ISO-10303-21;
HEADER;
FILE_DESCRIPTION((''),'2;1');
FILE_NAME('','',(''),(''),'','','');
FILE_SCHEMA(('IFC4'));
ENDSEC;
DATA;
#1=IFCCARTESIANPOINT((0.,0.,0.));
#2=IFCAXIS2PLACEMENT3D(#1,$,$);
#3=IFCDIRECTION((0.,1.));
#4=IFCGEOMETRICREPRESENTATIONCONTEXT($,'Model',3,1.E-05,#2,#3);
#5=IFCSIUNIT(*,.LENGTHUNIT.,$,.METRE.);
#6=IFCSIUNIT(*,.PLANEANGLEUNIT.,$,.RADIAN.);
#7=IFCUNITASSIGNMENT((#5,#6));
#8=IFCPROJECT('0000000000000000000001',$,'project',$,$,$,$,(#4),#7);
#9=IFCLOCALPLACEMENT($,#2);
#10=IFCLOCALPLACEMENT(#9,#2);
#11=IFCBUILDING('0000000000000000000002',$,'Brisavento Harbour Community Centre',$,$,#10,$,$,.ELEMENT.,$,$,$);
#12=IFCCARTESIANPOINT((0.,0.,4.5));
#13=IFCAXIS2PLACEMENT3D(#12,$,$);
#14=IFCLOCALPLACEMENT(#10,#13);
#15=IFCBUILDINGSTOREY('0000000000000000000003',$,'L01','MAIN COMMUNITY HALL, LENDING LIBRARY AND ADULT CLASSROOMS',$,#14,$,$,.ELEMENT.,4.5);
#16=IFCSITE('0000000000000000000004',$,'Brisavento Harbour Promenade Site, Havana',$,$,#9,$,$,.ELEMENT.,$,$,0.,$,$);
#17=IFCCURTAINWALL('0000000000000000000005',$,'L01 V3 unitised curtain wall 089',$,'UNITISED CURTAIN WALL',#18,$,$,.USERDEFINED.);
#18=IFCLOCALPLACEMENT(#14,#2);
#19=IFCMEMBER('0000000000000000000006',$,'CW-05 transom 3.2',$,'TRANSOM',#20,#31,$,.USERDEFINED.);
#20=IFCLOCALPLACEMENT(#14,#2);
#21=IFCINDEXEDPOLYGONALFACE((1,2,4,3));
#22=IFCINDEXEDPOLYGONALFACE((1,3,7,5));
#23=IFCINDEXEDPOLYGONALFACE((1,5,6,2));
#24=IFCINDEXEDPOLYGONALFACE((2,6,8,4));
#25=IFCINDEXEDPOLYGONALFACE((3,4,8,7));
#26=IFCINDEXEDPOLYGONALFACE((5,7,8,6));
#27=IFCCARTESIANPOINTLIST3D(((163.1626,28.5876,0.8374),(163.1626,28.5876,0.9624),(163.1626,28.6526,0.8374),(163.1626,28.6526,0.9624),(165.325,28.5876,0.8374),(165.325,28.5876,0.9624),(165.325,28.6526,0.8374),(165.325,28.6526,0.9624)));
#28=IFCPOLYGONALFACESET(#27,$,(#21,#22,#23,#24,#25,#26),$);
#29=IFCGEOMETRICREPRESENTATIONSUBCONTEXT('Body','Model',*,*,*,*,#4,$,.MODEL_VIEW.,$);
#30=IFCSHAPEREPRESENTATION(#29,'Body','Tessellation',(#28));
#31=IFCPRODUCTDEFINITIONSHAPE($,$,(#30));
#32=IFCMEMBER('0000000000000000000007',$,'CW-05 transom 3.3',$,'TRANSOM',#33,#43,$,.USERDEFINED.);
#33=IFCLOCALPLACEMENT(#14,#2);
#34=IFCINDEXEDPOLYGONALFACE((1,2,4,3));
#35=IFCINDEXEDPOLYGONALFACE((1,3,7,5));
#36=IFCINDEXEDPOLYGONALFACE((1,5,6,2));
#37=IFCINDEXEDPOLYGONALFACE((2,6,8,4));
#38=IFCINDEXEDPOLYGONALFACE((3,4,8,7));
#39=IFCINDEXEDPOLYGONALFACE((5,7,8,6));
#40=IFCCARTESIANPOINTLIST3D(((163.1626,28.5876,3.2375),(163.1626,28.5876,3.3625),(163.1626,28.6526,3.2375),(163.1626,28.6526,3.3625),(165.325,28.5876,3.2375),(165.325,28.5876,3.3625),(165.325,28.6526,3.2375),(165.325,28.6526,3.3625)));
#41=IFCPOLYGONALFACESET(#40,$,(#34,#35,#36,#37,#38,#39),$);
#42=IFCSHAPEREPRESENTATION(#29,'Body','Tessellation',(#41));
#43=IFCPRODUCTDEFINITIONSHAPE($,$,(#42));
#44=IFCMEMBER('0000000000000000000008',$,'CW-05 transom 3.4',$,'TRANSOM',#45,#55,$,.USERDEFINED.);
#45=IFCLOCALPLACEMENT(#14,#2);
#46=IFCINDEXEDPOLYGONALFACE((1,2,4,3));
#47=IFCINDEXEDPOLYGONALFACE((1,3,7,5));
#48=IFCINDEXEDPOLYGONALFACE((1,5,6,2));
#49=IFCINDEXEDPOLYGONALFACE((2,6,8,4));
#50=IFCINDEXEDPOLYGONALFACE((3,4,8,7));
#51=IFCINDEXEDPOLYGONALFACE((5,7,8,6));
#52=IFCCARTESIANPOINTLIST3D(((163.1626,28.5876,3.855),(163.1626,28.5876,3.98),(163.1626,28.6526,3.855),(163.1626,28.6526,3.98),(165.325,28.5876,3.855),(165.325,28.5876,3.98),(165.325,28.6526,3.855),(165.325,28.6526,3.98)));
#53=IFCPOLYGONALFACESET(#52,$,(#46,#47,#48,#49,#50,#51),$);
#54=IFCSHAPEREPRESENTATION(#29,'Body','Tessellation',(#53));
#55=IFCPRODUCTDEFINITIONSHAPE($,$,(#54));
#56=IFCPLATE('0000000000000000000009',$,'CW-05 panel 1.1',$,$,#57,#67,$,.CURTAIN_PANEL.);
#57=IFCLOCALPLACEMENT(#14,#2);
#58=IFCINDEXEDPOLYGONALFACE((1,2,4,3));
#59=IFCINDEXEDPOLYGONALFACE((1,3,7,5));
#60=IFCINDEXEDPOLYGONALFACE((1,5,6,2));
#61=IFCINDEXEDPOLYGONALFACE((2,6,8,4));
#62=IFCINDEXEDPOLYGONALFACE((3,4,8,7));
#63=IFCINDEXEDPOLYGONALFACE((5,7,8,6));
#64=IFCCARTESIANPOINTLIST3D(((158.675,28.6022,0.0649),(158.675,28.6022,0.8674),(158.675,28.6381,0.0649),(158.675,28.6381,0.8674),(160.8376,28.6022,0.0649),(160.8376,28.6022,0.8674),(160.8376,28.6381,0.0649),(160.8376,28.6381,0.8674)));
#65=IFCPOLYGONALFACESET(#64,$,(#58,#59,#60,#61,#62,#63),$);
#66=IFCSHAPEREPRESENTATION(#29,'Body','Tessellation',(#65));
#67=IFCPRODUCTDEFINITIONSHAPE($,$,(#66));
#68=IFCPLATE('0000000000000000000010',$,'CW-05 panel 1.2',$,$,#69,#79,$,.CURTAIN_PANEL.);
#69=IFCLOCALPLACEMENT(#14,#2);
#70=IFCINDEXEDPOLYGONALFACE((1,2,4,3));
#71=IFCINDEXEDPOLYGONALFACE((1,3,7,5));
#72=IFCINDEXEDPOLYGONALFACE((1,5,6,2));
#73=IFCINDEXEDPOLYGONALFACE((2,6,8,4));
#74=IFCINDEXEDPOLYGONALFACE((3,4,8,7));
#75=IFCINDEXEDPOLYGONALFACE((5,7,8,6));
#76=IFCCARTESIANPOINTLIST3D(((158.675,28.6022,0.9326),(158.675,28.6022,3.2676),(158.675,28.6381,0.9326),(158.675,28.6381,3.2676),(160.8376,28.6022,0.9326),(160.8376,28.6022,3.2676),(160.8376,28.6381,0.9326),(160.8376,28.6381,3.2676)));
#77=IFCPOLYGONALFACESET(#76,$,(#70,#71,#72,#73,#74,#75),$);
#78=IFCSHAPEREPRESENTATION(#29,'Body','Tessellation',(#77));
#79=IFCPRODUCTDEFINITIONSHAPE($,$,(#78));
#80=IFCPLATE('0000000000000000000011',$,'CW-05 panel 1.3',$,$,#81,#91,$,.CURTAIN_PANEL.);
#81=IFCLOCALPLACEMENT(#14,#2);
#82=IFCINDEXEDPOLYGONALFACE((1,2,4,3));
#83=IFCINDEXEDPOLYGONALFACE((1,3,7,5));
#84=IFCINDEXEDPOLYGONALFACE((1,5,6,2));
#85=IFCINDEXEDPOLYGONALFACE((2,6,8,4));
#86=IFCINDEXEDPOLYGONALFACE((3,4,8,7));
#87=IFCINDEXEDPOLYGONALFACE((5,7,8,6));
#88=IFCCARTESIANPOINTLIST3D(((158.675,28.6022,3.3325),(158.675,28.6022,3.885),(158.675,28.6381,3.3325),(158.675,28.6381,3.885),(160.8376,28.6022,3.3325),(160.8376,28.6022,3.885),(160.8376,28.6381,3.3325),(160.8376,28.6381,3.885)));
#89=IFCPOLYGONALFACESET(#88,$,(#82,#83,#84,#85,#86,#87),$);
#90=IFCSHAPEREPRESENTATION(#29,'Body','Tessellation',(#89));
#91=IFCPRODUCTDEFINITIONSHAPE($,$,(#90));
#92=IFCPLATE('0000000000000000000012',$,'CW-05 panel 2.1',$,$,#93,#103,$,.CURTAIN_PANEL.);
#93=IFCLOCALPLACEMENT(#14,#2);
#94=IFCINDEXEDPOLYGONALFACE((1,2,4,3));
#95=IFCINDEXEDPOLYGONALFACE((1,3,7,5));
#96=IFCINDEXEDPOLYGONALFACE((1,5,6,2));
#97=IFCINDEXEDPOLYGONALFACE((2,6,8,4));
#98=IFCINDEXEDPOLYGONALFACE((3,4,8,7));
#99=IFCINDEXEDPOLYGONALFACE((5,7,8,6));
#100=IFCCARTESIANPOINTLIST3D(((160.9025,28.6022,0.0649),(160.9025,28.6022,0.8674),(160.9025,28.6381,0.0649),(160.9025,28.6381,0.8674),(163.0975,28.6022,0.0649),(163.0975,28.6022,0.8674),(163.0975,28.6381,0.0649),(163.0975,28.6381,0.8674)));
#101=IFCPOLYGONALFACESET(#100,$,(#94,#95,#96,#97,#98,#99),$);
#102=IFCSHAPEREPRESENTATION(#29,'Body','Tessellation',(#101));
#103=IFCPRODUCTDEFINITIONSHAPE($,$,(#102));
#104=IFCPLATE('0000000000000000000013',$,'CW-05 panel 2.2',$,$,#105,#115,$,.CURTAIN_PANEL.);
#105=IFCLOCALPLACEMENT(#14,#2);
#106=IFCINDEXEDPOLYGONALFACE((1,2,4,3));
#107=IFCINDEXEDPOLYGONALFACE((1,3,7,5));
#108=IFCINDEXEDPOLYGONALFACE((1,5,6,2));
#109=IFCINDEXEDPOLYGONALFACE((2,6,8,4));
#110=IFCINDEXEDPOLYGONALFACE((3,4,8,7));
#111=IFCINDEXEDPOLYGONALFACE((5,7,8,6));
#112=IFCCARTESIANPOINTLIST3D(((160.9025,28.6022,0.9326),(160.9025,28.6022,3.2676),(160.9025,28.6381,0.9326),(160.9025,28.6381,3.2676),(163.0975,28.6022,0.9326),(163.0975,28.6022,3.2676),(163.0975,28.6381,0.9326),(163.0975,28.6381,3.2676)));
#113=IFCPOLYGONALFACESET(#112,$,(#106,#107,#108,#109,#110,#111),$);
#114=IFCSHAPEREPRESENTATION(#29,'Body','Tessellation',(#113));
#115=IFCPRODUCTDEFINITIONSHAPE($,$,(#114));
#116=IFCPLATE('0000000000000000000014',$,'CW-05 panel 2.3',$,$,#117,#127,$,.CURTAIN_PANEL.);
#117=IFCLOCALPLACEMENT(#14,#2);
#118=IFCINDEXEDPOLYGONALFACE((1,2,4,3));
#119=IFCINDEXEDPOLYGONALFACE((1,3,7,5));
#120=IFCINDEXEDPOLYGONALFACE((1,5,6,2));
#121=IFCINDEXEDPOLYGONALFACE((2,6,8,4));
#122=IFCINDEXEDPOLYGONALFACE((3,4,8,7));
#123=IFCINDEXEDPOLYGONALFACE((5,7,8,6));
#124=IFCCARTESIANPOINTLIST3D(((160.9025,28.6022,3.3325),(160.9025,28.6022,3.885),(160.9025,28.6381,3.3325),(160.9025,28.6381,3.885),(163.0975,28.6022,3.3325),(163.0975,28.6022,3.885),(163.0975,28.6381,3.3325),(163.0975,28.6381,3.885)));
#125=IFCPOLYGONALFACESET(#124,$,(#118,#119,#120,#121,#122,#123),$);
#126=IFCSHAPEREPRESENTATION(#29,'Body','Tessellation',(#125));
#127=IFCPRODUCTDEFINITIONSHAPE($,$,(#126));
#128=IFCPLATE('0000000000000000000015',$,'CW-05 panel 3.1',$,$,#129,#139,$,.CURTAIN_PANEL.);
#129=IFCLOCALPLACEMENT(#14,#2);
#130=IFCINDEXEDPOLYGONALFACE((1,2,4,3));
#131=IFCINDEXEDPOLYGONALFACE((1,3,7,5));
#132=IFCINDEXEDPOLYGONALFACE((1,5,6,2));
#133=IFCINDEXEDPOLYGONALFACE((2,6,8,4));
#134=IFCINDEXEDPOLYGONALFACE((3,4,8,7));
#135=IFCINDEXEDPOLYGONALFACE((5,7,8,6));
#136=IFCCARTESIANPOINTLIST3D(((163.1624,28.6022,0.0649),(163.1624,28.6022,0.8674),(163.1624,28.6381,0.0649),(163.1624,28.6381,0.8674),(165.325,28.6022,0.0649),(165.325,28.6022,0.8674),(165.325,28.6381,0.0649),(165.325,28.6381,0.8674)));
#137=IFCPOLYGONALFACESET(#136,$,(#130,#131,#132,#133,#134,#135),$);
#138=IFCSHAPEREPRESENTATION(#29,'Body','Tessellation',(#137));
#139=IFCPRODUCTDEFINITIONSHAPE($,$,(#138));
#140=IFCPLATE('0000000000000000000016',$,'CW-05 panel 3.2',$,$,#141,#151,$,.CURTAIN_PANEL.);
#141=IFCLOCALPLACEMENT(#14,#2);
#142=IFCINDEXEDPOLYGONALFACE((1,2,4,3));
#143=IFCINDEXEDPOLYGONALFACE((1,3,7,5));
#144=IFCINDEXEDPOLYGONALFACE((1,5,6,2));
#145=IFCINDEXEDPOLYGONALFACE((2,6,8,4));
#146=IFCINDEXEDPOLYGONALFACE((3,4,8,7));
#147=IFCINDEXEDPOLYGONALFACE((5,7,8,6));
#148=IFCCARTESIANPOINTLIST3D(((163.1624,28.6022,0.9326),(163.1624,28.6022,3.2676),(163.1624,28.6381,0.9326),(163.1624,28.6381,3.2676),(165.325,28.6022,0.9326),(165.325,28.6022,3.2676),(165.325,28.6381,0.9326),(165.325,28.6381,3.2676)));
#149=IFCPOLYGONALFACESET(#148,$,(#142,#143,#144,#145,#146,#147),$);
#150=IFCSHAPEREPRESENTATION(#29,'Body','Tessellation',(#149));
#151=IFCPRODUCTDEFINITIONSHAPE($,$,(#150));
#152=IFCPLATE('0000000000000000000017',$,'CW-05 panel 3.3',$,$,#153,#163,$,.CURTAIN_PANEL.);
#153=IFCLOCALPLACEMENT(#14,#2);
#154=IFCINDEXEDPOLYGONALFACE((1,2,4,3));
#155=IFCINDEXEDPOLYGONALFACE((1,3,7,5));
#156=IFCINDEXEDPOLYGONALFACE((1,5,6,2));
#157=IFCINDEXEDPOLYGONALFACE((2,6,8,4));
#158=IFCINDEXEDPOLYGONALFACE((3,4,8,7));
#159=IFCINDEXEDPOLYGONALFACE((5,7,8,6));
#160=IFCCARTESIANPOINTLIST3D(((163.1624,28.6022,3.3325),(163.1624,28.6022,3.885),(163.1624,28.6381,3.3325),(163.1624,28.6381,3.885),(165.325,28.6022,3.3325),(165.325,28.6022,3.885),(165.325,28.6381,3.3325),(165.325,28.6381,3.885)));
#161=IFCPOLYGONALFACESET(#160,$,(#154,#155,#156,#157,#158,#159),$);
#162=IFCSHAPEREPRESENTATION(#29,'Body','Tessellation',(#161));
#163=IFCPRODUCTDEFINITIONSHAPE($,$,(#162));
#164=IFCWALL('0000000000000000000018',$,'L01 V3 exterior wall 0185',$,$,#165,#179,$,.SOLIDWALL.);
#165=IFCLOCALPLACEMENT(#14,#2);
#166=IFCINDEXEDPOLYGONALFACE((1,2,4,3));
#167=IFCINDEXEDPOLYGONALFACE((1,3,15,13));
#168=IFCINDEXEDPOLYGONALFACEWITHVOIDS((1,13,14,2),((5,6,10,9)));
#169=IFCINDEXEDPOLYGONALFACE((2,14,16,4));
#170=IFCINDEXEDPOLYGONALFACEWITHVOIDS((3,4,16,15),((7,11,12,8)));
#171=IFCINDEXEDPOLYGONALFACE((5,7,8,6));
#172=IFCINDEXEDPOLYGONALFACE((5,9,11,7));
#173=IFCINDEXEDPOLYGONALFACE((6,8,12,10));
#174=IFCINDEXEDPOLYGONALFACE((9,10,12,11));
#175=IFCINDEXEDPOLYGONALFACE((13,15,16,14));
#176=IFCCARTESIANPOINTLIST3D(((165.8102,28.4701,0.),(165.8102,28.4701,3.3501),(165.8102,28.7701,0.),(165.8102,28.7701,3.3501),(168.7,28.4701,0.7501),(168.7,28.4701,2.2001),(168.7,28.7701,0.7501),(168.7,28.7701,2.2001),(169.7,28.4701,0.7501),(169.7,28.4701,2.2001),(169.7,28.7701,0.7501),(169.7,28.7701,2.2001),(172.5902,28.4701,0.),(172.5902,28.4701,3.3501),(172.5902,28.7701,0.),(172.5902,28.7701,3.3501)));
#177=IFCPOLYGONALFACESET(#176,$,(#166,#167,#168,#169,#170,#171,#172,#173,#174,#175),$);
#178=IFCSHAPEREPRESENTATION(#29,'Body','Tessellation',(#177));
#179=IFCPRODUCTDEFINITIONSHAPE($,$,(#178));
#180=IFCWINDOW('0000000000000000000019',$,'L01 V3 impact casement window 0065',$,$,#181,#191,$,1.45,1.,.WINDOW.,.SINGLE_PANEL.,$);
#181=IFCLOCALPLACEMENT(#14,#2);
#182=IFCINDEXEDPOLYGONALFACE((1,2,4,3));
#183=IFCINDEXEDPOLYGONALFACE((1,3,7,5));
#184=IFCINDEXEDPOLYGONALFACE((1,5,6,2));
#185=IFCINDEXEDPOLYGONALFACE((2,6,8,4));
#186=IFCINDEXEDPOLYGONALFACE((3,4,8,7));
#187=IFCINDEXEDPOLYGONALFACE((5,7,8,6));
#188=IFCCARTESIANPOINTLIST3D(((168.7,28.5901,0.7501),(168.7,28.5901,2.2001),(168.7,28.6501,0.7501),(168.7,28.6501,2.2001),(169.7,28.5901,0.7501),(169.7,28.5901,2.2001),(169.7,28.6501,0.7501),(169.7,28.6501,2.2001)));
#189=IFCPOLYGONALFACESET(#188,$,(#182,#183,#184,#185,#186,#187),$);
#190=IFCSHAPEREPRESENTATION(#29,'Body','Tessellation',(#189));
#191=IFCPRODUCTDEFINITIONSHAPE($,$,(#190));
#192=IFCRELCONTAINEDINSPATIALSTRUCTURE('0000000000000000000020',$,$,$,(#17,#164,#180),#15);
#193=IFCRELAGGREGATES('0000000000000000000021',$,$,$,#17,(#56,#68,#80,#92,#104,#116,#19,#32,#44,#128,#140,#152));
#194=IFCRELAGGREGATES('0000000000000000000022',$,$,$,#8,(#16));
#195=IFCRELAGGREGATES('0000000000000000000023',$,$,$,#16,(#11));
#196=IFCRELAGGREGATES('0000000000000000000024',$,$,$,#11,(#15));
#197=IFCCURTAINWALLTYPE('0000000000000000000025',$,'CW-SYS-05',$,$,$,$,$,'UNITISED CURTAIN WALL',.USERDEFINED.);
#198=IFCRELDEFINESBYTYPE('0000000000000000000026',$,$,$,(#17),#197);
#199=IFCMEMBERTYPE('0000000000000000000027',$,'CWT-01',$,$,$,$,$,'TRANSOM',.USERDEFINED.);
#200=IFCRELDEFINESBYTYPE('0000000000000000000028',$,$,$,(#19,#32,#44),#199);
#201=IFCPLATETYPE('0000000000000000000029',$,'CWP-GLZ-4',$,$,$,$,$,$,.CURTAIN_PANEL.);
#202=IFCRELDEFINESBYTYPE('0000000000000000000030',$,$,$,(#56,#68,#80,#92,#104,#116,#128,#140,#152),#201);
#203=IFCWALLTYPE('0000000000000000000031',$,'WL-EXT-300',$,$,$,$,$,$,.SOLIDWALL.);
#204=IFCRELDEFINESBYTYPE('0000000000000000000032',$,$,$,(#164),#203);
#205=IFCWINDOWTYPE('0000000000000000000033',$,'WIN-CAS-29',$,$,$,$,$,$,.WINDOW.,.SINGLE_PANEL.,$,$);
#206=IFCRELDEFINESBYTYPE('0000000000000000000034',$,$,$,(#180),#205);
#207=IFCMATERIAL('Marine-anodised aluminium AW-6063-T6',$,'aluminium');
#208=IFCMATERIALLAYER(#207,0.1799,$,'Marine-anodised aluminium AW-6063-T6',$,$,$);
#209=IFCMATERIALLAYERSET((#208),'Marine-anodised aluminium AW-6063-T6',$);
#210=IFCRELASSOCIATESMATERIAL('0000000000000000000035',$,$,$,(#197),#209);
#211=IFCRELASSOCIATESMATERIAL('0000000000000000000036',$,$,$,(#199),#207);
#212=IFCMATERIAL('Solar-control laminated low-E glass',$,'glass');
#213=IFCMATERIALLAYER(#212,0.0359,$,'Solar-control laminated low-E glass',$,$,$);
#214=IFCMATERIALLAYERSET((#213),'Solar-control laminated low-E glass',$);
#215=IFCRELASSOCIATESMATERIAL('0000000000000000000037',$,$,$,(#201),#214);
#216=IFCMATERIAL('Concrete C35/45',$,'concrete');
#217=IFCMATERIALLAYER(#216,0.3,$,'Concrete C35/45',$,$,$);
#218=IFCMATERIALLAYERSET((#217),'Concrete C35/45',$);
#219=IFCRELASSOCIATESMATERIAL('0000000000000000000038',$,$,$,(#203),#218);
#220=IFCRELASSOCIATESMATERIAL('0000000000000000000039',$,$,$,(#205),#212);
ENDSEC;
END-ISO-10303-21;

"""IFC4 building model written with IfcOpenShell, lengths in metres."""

from ifc_helpers import new_model, si_unit, direction, frame, frame_2d, origin, origin_2d, place, context, subcontext, project, spatial, rectangle, extrude, material, layer, layer_set, material_profile, profile_set, type_object, element, fill, aggregate, save


model = new_model("IFC4")

# Units and contexts
model_context = context("Model", 3, precision=1e-05, world=origin(), true_north=direction((0.0, 1.0)))
body_context = subcontext(model_context, "Body", "Model", "MODEL_VIEW")
ifc_project = project(units=[si_unit("LENGTHUNIT", "METRE"), si_unit("PLANEANGLEUNIT", "RADIAN")], contexts=[model_context])

# Site, building, storey
site_placement = place(None, origin())
site = spatial("IfcSite", under=ifc_project, at=site_placement, Name="Brisavento Harbour Promenade Site, Havana", CompositionType="ELEMENT", RefElevation=0.0)
building_placement = place(site_placement, origin())
building = spatial("IfcBuilding", under=site, at=building_placement, Name="Brisavento Harbour Community Centre", CompositionType="ELEMENT")
storey_placement = place(building_placement, frame((0.0, 0.0, 4.5)))
storey = spatial("IfcBuildingStorey", under=building, at=storey_placement, Name="L01", Description="MAIN COMMUNITY HALL, LENDING LIBRARY AND ADULT CLASSROOMS", CompositionType="ELEMENT", Elevation=4.5)

# Shared definitions
ifc_material_1 = material(Name="Concrete C35/45", Category="concrete")

# Curtain wall, members, plates
ifc_material_2 = material(Name="Marine-anodised aluminium AW-6063-T6", Category="aluminium")
ifc_layer_1 = layer(ifc_material_2, 0.1799, Name="Marine-anodised aluminium AW-6063-T6")
ifc_layer_set_1 = layer_set([ifc_layer_1], Name="Marine-anodised aluminium AW-6063-T6")
curtain_wall_type = type_object("IfcCurtainWallType", Name="CW-SYS-05", ElementType="UNITISED CURTAIN WALL", PredefinedType="USERDEFINED", material=ifc_layer_set_1)
curtain_wall_placement = place(storey_placement, origin())
curtain_wall = element("IfcCurtainWall", 1, at=curtain_wall_placement, inside=storey, type_object=curtain_wall_type, Name="L01 V3 unitised curtain wall 089", ObjectType="UNITISED CURTAIN WALL", PredefinedType="USERDEFINED")
ifc_material_profile_1 = material_profile(ifc_material_2, rectangle(XDim=0.0649, YDim=0.125, at=origin_2d()), Name="Marine-anodised aluminium AW-6063-T6")
ifc_profile_set_1 = profile_set([ifc_material_profile_1], Name="Marine-anodised aluminium AW-6063-T6")
member_type_1 = type_object("IfcMemberType", Name="CWT-01", ElementType="TRANSOM", PredefinedType="USERDEFINED", material=ifc_profile_set_1)
member_1_placement = place(storey_placement, frame((163.1626, 28.6201, 0.8999), z_axis=(1.0, 0.0, 0.0), x_axis=(0.0, 1.0, 0.0)))
member_1 = element("IfcMember", 2, at=member_1_placement, type_object=member_type_1, Name="CW-05 transom 3.2", ObjectType="TRANSOM", PredefinedType="USERDEFINED", context=body_context, shape_type="SweptSolid", body=[
    extrude(rectangle(XDim=0.0649, YDim=0.125, at=origin_2d()), origin(), (0.0, 0.0, 1.0), 2.1624),
])
member_2_placement = place(storey_placement, frame((163.1626, 28.6201, 3.3), z_axis=(1.0, 0.0, 0.0), x_axis=(0.0, 1.0, 0.0)))
member_2 = element("IfcMember", 3, at=member_2_placement, type_object=member_type_1, Name="CW-05 transom 3.3", ObjectType="TRANSOM", PredefinedType="USERDEFINED", context=body_context, shape_type="SweptSolid", body=[
    extrude(rectangle(XDim=0.0649, YDim=0.125, at=origin_2d()), origin(), (0.0, 0.0, 1.0), 2.1624),
])
member_3_placement = place(storey_placement, frame((163.1626, 28.6201, 3.9175), z_axis=(1.0, 0.0, 0.0), x_axis=(0.0, 1.0, 0.0)))
member_3 = element("IfcMember", 4, at=member_3_placement, type_object=member_type_1, Name="CW-05 transom 3.4", ObjectType="TRANSOM", PredefinedType="USERDEFINED", context=body_context, shape_type="SweptSolid", body=[
    extrude(rectangle(XDim=0.0649, YDim=0.125, at=origin_2d()), origin(), (0.0, 0.0, 1.0), 2.1624),
])
ifc_material_3 = material(Name="Solar-control laminated low-E glass", Category="glass")
ifc_layer_2 = layer(ifc_material_3, 0.0359, Name="Solar-control laminated low-E glass")
ifc_layer_set_2 = layer_set([ifc_layer_2], Name="Solar-control laminated low-E glass")
plate_type = type_object("IfcPlateType", Name="CWP-GLZ-4", PredefinedType="CURTAIN_PANEL", material=ifc_layer_set_2)
plate_1_placement = place(storey_placement, frame((159.7563, 28.6201, 0.0649), z_axis=(0.0, 0.0, 1.0), x_axis=(1.0, 0.0, 0.0)))
plate_1 = element("IfcPlate", 5, at=plate_1_placement, type_object=plate_type, Name="CW-05 panel 1.1", PredefinedType="CURTAIN_PANEL", context=body_context, shape_type="SweptSolid", body=[
    extrude(rectangle(XDim=2.1626, YDim=0.0359, at=origin_2d()), origin(), (0.0, 0.0, 1.0), 0.8025),
])
plate_2_placement = place(storey_placement, frame((159.7563, 28.6201, 0.9326), z_axis=(0.0, 0.0, 1.0), x_axis=(1.0, 0.0, 0.0)))
plate_2 = element("IfcPlate", 6, at=plate_2_placement, type_object=plate_type, Name="CW-05 panel 1.2", PredefinedType="CURTAIN_PANEL", context=body_context, shape_type="SweptSolid", body=[
    extrude(rectangle(XDim=2.1626, YDim=0.0359, at=origin_2d()), origin(), (0.0, 0.0, 1.0), 2.335),
])
plate_3_placement = place(storey_placement, frame((159.7563, 28.6201, 3.3325), z_axis=(0.0, 0.0, 1.0), x_axis=(1.0, 0.0, 0.0)))
plate_3 = element("IfcPlate", 7, at=plate_3_placement, type_object=plate_type, Name="CW-05 panel 1.3", PredefinedType="CURTAIN_PANEL", context=body_context, shape_type="SweptSolid", body=[
    extrude(rectangle(XDim=2.1626, YDim=0.0359, at=origin_2d()), origin(), (0.0, 0.0, 1.0), 0.5525),
])
plate_4_placement = place(storey_placement, frame((162.0, 28.6201, 0.0649), z_axis=(0.0, 0.0, 1.0), x_axis=(1.0, 0.0, 0.0)))
plate_4 = element("IfcPlate", 8, at=plate_4_placement, type_object=plate_type, Name="CW-05 panel 2.1", PredefinedType="CURTAIN_PANEL", context=body_context, shape_type="SweptSolid", body=[
    extrude(rectangle(XDim=2.1951, YDim=0.0359, at=origin_2d()), origin(), (0.0, 0.0, 1.0), 0.8025),
])
plate_5_placement = place(storey_placement, frame((162.0, 28.6201, 0.9326), z_axis=(0.0, 0.0, 1.0), x_axis=(1.0, 0.0, 0.0)))
plate_5 = element("IfcPlate", 9, at=plate_5_placement, type_object=plate_type, Name="CW-05 panel 2.2", PredefinedType="CURTAIN_PANEL", context=body_context, shape_type="SweptSolid", body=[
    extrude(rectangle(XDim=2.1951, YDim=0.0359, at=origin_2d()), origin(), (0.0, 0.0, 1.0), 2.335),
])
plate_6_placement = place(storey_placement, frame((162.0, 28.6201, 3.3325), z_axis=(0.0, 0.0, 1.0), x_axis=(1.0, 0.0, 0.0)))
plate_6 = element("IfcPlate", 10, at=plate_6_placement, type_object=plate_type, Name="CW-05 panel 2.3", PredefinedType="CURTAIN_PANEL", context=body_context, shape_type="SweptSolid", body=[
    extrude(rectangle(XDim=2.1951, YDim=0.0359, at=origin_2d()), origin(), (0.0, 0.0, 1.0), 0.5525),
])
plate_7_placement = place(storey_placement, frame((164.2437, 28.6201, 0.0649), z_axis=(0.0, 0.0, 1.0), x_axis=(1.0, 0.0, 0.0)))
plate_7 = element("IfcPlate", 11, at=plate_7_placement, type_object=plate_type, Name="CW-05 panel 3.1", PredefinedType="CURTAIN_PANEL", context=body_context, shape_type="SweptSolid", body=[
    extrude(rectangle(XDim=2.1626, YDim=0.0359, at=origin_2d()), origin(), (0.0, 0.0, 1.0), 0.8025),
])
plate_8_placement = place(storey_placement, frame((164.2437, 28.6201, 0.9326), z_axis=(0.0, 0.0, 1.0), x_axis=(1.0, 0.0, 0.0)))
plate_8 = element("IfcPlate", 12, at=plate_8_placement, type_object=plate_type, Name="CW-05 panel 3.2", PredefinedType="CURTAIN_PANEL", context=body_context, shape_type="SweptSolid", body=[
    extrude(rectangle(XDim=2.1626, YDim=0.0359, at=origin_2d()), origin(), (0.0, 0.0, 1.0), 2.335),
])
plate_9_placement = place(storey_placement, frame((164.2437, 28.6201, 3.3325), z_axis=(0.0, 0.0, 1.0), x_axis=(1.0, 0.0, 0.0)))
plate_9 = element("IfcPlate", 13, at=plate_9_placement, type_object=plate_type, Name="CW-05 panel 3.3", PredefinedType="CURTAIN_PANEL", context=body_context, shape_type="SweptSolid", body=[
    extrude(rectangle(XDim=2.1626, YDim=0.0359, at=origin_2d()), origin(), (0.0, 0.0, 1.0), 0.5525),
])
aggregate(curtain_wall, [plate_1, plate_2, plate_3, plate_4, plate_5, plate_6, member_1, member_2, member_3, plate_7, plate_8, plate_9])

# Wall, opening, window
ifc_layer_3 = layer(ifc_material_1, 0.3, Name="Concrete C35/45")
ifc_layer_set_3 = layer_set([ifc_layer_3], Name="Concrete C35/45")
wall_type = type_object("IfcWallType", Name="WL-EXT-300", PredefinedType="SOLIDWALL", material=ifc_layer_set_3)
wall_placement = place(storey_placement, frame((165.8101, 28.6201, 0.0), z_axis=(0.0, 0.0, 1.0), x_axis=(1.0, 0.0, 0.0)))
wall = element("IfcWall", 14, at=wall_placement, inside=storey, type_object=wall_type, Name="L01 V3 exterior wall 0185", PredefinedType="SOLIDWALL", context=body_context, shape_type="SweptSolid", body=[
    extrude(rectangle(XDim=6.78, YDim=0.3, at=frame_2d((3.3901, 0.0))), origin(), (0.0, 0.0, 1.0), 3.3501),
])
opening_placement = place(wall_placement, frame((2.8899, 0.0, 0.75)))
opening = element("IfcOpeningElement", 15, at=opening_placement, cuts=wall, PredefinedType="OPENING", context=body_context, shape_type="SweptSolid", body=[
    extrude(rectangle(XDim=1.0, YDim=1.45, at=frame_2d((0.5, 0.7251))), frame((0.0, 0.1602, 0.0), z_axis=(0.0, -1.0, 0.0), x_axis=(1.0, 0.0, 0.0)), (0.0, 0.0, 1.0), 0.3201),
])
window_type = type_object("IfcWindowType", Name="WIN-CAS-29", PartitioningType="SINGLE_PANEL", PredefinedType="WINDOW", material=ifc_material_3)
window_placement = place(opening_placement, origin())
window = element("IfcWindow", 16, at=window_placement, inside=storey, type_object=window_type, Name="L01 V3 impact casement window 0065", OverallHeight=1.45, OverallWidth=1.0, PartitioningType="SINGLE_PANEL", PredefinedType="WINDOW", context=body_context, shape_type="SweptSolid", body=[
    extrude(rectangle(XDim=1.0, YDim=1.45, at=frame_2d((0.5, 0.7251))), frame((0.0, 0.03, 0.0), z_axis=(0.0, -1.0, 0.0), x_axis=(1.0, 0.0, 0.0)), (0.0, 0.0, 1.0), 0.0601),
])
fill(opening, window)

save(model, "model.ifc")
